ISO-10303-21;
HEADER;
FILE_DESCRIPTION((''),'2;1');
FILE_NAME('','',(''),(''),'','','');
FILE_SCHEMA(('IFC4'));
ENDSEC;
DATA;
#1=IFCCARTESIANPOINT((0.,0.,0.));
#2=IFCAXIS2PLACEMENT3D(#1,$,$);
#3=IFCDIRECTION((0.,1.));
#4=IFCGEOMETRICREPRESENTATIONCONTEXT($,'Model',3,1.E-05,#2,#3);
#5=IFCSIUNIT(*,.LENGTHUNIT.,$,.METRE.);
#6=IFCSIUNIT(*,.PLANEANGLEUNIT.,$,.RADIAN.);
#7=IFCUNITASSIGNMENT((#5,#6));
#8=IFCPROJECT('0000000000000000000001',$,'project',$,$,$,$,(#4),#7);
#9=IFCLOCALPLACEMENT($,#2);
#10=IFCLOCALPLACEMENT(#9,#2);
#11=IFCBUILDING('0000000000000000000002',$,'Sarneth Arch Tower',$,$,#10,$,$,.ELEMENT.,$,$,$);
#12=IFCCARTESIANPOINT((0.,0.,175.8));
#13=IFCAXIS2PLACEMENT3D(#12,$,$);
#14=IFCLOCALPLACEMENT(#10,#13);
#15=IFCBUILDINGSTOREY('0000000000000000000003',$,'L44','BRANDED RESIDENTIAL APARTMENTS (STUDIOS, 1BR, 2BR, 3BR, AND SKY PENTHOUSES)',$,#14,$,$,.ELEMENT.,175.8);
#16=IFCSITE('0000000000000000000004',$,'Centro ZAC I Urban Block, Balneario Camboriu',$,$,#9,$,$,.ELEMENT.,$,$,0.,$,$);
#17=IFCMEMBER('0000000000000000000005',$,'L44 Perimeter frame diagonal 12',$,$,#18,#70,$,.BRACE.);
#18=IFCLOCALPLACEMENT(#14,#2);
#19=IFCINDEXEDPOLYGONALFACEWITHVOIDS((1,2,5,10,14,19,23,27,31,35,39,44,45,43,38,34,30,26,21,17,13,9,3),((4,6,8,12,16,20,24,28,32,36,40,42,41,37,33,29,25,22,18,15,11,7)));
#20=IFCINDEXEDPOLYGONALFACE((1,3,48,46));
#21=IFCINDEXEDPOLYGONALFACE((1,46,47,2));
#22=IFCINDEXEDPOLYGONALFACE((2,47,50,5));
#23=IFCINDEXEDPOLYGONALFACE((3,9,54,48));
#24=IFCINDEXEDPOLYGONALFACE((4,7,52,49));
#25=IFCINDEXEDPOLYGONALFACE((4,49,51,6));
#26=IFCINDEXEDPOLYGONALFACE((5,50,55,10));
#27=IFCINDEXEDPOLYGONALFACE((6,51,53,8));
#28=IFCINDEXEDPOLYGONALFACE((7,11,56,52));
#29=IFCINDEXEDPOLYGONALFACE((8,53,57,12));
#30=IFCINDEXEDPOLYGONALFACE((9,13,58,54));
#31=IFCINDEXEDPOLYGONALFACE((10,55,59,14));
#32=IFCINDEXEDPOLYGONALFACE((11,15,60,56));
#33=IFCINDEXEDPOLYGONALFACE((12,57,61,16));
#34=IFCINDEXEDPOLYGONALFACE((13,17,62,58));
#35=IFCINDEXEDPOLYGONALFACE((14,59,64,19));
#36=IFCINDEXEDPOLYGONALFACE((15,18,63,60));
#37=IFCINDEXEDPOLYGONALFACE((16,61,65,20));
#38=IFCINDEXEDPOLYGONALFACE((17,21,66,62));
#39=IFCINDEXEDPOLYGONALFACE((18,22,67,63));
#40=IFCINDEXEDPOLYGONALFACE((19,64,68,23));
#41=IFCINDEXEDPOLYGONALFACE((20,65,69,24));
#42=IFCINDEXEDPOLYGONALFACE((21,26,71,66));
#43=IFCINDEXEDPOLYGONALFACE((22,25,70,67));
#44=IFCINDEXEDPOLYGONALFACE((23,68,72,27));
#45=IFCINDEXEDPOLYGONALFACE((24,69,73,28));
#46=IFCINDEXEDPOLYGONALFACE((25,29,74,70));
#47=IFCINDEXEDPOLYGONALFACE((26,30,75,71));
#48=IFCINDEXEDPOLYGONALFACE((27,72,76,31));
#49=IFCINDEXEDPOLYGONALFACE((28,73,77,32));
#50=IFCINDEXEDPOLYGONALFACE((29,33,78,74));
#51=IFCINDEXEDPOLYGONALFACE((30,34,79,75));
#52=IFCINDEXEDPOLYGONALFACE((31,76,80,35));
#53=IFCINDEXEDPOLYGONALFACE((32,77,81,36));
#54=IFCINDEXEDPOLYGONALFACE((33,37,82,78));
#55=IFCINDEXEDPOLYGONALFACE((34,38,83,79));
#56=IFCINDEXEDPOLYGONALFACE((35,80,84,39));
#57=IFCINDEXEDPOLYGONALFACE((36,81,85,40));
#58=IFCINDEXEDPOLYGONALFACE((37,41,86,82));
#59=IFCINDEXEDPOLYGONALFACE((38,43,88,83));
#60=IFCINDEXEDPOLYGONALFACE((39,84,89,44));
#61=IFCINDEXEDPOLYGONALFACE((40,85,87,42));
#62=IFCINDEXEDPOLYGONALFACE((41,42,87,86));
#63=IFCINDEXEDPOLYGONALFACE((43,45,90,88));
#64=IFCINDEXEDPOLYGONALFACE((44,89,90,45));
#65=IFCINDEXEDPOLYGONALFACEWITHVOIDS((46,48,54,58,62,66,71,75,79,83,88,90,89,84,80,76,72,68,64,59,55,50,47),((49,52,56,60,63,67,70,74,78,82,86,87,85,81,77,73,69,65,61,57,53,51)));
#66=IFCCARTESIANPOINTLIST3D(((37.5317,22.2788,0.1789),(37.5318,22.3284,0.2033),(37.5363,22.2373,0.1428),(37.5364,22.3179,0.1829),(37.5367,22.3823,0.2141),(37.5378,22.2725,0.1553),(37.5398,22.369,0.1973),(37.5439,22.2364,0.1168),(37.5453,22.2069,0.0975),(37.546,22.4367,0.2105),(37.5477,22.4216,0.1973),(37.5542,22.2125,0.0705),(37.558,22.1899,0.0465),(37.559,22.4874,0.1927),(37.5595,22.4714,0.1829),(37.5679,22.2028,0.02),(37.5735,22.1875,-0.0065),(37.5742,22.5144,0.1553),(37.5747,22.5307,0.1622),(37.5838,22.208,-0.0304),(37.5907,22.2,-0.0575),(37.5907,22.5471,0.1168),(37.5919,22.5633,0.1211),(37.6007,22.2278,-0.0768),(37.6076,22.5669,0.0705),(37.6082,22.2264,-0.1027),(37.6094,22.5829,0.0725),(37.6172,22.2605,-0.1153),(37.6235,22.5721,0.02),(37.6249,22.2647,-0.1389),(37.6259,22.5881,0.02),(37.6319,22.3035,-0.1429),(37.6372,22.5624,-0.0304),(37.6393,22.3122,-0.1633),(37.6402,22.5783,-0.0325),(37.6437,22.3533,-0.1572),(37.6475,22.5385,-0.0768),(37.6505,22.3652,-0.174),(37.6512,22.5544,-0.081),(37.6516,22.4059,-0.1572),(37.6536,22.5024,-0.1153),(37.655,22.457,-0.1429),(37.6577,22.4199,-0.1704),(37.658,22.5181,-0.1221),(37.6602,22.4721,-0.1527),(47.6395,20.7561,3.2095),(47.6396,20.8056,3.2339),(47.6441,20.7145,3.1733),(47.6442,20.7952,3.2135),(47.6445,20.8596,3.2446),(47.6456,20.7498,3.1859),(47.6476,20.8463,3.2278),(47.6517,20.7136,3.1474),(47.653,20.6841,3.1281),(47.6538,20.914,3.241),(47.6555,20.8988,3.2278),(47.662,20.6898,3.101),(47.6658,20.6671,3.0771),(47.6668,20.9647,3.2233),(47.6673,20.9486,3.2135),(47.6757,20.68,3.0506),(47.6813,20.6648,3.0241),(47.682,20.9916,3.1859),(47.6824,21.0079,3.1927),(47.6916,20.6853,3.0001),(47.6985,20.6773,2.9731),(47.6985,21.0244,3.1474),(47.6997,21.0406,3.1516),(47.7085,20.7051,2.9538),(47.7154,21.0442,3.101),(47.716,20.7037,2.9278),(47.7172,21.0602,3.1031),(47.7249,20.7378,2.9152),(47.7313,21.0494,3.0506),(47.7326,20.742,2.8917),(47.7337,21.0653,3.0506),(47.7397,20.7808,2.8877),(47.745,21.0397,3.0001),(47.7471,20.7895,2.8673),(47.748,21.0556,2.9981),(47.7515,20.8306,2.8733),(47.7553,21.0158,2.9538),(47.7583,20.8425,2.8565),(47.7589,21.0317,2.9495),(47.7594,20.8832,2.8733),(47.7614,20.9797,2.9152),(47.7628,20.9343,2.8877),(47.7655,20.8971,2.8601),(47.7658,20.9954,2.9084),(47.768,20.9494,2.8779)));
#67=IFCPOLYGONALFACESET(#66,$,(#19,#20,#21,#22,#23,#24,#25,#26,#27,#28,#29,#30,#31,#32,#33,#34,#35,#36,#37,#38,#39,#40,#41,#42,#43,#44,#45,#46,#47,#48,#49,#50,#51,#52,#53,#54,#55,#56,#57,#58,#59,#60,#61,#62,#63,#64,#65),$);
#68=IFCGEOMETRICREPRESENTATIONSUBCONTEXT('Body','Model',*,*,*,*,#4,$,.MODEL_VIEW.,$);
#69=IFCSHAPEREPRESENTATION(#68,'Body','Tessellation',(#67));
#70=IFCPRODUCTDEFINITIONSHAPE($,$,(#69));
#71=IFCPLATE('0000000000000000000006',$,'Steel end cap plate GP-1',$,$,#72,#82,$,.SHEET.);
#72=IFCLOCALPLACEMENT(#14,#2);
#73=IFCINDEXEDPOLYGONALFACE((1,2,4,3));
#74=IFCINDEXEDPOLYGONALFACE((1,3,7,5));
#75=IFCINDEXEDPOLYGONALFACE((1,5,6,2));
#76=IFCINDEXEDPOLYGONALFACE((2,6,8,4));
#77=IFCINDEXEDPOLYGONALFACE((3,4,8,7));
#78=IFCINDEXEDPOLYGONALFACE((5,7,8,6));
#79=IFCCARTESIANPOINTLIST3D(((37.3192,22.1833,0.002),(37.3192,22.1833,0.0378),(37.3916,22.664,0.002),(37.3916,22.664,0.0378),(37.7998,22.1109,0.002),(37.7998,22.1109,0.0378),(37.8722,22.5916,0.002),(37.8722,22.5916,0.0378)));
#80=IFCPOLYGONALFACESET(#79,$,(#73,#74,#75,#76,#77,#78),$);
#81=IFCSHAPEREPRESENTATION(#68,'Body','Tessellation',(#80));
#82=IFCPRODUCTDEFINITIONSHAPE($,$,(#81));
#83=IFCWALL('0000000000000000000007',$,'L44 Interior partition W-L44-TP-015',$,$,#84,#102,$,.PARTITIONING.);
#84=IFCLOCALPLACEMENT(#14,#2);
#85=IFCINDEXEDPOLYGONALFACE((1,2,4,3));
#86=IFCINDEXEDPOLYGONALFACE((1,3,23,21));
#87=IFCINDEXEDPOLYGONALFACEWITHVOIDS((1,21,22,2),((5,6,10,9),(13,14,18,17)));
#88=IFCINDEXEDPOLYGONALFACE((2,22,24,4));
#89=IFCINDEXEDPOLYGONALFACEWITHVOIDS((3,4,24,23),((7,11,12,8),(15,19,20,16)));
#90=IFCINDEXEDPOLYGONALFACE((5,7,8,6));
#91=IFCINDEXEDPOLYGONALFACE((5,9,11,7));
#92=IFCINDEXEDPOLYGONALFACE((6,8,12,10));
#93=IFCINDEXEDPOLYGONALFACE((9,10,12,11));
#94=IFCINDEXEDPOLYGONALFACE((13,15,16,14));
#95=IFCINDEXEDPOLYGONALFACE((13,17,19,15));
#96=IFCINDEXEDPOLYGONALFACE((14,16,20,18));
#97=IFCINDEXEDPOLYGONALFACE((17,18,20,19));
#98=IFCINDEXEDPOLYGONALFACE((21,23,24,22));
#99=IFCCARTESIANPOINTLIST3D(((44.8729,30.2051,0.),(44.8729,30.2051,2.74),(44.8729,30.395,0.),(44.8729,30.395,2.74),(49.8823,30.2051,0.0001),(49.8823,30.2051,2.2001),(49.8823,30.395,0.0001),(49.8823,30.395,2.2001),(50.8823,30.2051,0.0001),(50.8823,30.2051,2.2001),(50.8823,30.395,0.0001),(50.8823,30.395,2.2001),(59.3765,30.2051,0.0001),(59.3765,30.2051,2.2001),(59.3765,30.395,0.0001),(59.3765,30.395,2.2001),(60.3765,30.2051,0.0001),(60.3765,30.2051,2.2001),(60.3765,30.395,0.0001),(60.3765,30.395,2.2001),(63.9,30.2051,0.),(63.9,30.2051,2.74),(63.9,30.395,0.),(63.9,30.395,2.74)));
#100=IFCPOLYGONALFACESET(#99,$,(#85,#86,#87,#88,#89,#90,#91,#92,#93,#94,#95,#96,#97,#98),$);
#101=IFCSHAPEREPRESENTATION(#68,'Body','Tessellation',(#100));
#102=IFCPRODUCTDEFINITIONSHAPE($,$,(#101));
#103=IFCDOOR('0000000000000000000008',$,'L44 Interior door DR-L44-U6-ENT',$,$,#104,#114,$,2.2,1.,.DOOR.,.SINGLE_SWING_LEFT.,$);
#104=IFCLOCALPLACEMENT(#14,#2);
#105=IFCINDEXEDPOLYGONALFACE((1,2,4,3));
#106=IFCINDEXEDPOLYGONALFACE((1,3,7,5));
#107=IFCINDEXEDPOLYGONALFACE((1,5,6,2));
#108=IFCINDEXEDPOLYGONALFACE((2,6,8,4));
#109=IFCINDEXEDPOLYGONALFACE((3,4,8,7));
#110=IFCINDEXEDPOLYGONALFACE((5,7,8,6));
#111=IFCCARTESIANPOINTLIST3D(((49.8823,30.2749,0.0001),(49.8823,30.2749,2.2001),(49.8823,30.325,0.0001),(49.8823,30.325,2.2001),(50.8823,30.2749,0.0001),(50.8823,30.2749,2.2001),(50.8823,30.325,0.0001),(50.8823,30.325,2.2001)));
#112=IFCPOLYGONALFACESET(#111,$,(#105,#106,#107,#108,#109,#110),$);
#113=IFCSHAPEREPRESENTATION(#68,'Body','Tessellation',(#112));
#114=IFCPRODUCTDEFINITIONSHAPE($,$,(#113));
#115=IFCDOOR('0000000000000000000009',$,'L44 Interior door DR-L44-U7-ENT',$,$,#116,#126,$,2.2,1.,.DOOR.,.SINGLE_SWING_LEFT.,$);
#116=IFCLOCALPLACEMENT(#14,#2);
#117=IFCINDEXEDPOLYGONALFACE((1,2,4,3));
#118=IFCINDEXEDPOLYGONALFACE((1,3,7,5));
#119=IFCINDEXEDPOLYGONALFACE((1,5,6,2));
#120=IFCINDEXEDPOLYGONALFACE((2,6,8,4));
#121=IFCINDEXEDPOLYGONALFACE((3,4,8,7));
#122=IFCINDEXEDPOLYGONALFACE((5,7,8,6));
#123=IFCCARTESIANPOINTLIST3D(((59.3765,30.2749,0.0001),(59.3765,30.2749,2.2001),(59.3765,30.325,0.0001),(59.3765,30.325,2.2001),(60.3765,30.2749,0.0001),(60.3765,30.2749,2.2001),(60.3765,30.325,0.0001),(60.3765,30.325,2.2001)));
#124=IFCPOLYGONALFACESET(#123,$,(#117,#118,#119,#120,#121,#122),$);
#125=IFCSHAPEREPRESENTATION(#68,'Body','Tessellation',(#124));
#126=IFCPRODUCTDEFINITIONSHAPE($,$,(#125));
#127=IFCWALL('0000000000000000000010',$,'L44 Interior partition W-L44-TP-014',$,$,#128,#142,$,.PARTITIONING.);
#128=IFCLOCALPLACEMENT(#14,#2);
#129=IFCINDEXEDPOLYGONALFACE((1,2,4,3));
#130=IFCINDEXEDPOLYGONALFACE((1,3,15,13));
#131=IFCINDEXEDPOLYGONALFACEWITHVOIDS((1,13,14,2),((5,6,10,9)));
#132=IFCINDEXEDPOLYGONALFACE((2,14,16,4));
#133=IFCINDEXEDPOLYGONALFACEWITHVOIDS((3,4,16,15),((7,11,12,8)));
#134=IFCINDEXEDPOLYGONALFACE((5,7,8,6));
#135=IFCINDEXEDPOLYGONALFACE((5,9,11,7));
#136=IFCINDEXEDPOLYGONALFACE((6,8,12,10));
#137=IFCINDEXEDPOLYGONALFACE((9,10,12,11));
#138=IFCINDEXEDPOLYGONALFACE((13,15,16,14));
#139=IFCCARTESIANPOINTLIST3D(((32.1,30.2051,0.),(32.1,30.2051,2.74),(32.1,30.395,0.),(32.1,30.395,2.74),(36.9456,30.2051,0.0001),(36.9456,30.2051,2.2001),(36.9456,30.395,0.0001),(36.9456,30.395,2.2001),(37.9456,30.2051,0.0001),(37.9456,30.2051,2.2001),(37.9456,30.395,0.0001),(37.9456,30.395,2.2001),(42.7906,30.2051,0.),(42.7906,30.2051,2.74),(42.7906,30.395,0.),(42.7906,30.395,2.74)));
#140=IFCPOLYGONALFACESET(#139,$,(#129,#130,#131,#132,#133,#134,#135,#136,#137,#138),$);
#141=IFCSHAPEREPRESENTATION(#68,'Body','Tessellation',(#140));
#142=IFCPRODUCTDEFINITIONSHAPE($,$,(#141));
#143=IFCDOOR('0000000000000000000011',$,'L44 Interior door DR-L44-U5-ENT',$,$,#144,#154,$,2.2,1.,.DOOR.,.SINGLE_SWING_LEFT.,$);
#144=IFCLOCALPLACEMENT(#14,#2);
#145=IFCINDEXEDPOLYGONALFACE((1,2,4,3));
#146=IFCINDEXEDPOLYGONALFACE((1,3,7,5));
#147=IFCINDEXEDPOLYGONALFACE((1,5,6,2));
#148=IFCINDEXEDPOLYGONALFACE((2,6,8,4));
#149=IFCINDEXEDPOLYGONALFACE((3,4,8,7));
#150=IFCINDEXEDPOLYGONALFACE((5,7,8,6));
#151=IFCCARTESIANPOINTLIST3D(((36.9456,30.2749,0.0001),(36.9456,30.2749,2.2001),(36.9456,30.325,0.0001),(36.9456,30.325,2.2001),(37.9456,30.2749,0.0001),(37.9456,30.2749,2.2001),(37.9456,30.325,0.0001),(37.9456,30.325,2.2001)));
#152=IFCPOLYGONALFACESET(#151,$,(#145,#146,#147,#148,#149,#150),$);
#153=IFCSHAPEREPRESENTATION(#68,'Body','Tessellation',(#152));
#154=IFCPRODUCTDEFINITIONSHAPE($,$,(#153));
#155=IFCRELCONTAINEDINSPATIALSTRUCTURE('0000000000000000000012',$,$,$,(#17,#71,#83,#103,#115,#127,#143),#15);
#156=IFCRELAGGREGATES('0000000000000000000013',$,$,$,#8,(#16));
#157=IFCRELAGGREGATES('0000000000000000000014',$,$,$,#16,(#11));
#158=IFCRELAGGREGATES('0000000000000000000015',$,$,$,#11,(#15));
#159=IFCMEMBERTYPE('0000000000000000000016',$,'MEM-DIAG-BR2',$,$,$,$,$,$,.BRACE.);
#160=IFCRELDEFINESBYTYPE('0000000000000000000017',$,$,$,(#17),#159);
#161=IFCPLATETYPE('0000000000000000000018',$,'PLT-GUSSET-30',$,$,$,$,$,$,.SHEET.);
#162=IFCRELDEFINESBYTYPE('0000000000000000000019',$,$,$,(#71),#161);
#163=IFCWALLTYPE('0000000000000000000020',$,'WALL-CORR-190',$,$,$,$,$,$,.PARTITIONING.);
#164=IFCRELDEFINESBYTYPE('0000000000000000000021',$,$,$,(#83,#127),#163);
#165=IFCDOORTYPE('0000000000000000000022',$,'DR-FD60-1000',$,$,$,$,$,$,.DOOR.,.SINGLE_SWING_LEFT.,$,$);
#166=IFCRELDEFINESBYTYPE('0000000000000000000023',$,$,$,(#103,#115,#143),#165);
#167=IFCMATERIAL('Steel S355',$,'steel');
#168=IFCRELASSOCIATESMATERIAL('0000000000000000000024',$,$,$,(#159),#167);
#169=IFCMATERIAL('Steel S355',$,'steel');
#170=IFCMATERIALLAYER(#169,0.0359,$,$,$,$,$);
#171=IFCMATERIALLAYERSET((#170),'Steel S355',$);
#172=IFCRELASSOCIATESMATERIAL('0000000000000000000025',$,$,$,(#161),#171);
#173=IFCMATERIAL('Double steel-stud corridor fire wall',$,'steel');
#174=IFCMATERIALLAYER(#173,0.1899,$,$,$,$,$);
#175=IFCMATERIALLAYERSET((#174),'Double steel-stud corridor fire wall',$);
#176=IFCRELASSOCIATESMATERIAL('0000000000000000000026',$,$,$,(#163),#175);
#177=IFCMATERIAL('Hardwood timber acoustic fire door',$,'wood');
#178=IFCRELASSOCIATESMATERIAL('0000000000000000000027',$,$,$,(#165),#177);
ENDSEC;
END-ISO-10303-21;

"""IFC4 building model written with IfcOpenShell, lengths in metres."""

from ifc_helpers import new_model, si_unit, direction, frame, frame_2d, origin, origin_2d, place, context, subcontext, project, spatial, rectangle, hollow_circle, extrude, material, layer, layer_set, material_profile, profile_set, type_object, element, fill, save


model = new_model("IFC4")

# Units and contexts
model_context = context("Model", 3, precision=1e-05, world=origin(), true_north=direction((0.0, 1.0)))
body_context = subcontext(model_context, "Body", "Model", "MODEL_VIEW")
ifc_project = project(units=[si_unit("LENGTHUNIT", "METRE"), si_unit("PLANEANGLEUNIT", "RADIAN")], contexts=[model_context])

# Site, building, storey
site_placement = place(None, origin())
site = spatial("IfcSite", under=ifc_project, at=site_placement, Name="Centro ZAC I Urban Block, Balneario Camboriu", CompositionType="ELEMENT", RefElevation=0.0)
building_placement = place(site_placement, origin())
building = spatial("IfcBuilding", under=site, at=building_placement, Name="Sarneth Arch Tower", CompositionType="ELEMENT")
storey_placement = place(building_placement, frame((0.0, 0.0, 175.8)))
storey = spatial("IfcBuildingStorey", under=building, at=storey_placement, Name="L44", Description="BRANDED RESIDENTIAL APARTMENTS (STUDIOS, 1BR, 2BR, 3BR, AND SKY PENTHOUSES)", CompositionType="ELEMENT", Elevation=175.8)

# Member
ifc_material_1 = material(Name="Steel S355", Category="steel")
ifc_material_profile_1 = material_profile(ifc_material_1, hollow_circle(Radius=0.2029, WallThickness=0.0161, at=origin_2d()), Name="CHS406x16")
ifc_profile_set_1 = profile_set([ifc_material_profile_1], Name="Steel S355")
member_type = type_object("IfcMemberType", Name="MEM-DIAG-BR2", PredefinedType="BRACE", material=ifc_profile_set_1)
member_placement = place(storey_placement, frame((37.5957, 22.3875, 0.02), z_axis=(0.948053, -0.142823, 0.284249), x_axis=(0.148968, 0.988842, 0.0)))
element("IfcMember", 1, at=member_placement, inside=storey, type_object=member_type, Name="L44 Perimeter frame diagonal 12", PredefinedType="BRACE", context=body_context, shape_type="SweptSolid", body=[
    extrude(hollow_circle(Radius=0.2029, WallThickness=0.0161, at=origin_2d()), origin(), (0.0, 0.0, 1.0), 10.6616),
])

# Plate
ifc_material_2 = material(Name="Steel S355", Category="steel")
ifc_layer_1 = layer(ifc_material_2, 0.0359)
ifc_layer_set_1 = layer_set([ifc_layer_1], Name="Steel S355")
plate_type = type_object("IfcPlateType", Name="PLT-GUSSET-30", PredefinedType="SHEET", material=ifc_layer_set_1)
plate_placement = place(storey_placement, frame((37.5957, 22.3875, 0.002), z_axis=(0.0, 0.0, 1.0), x_axis=(0.988835, -0.149018, 0.0)))
element("IfcPlate", 2, at=plate_placement, inside=storey, type_object=plate_type, Name="Steel end cap plate GP-1", PredefinedType="SHEET", context=body_context, shape_type="SweptSolid", body=[
    extrude(rectangle(XDim=0.4861, YDim=0.4861, at=origin_2d()), origin(), (0.0, 0.0, 1.0), 0.0359),
])

# Wall, openings, doors
ifc_material_3 = material(Name="Double steel-stud corridor fire wall", Category="steel")
ifc_layer_2 = layer(ifc_material_3, 0.1899)
ifc_layer_set_2 = layer_set([ifc_layer_2], Name="Double steel-stud corridor fire wall")
wall_type_1 = type_object("IfcWallType", Name="WALL-CORR-190", PredefinedType="PARTITIONING", material=ifc_layer_set_2)
wall_1_placement = place(storey_placement, frame((44.8728, 30.3, 0.0), z_axis=(0.0, 0.0, 1.0), x_axis=(1.0, 0.0, 0.0)))
wall_1 = element("IfcWall", 3, at=wall_1_placement, inside=storey, type_object=wall_type_1, Name="L44 Interior partition W-L44-TP-015", PredefinedType="PARTITIONING", context=body_context, shape_type="SweptSolid", body=[
    extrude(rectangle(XDim=19.0271, YDim=0.1899, at=frame_2d((9.5137, 0.0))), origin(), (0.0, 0.0, 1.0), 2.74),
])
opening_1_placement = place(wall_1_placement, frame((5.0095, 0.0, 0.0)))
opening_1 = element("IfcOpeningElement", 4, at=opening_1_placement, cuts=wall_1, PredefinedType="OPENING", context=body_context, shape_type="SweptSolid", body=[
    extrude(rectangle(XDim=1.0, YDim=2.2, at=frame_2d((0.5, 1.1001))), frame((0.0, 0.105, 0.0), z_axis=(0.0, -1.0, 0.0), x_axis=(1.0, 0.0, 0.0)), (0.0, 0.0, 1.0), 0.21),
])
opening_2_placement = place(wall_1_placement, frame((14.5037, 0.0, 0.0)))
opening_2 = element("IfcOpeningElement", 5, at=opening_2_placement, cuts=wall_1, PredefinedType="OPENING", context=body_context, shape_type="SweptSolid", body=[
    extrude(rectangle(XDim=1.0, YDim=2.2, at=frame_2d((0.5, 1.1001))), frame((0.0, 0.105, 0.0), z_axis=(0.0, -1.0, 0.0), x_axis=(1.0, 0.0, 0.0)), (0.0, 0.0, 1.0), 0.21),
])
ifc_material_4 = material(Name="Hardwood timber acoustic fire door", Category="wood")
door_type_1 = type_object("IfcDoorType", Name="DR-FD60-1000", OperationType="SINGLE_SWING_LEFT", PredefinedType="DOOR", material=ifc_material_4)
door_1_placement = place(opening_1_placement, origin())
door_1 = element("IfcDoor", 6, at=door_1_placement, inside=storey, type_object=door_type_1, Name="L44 Interior door DR-L44-U6-ENT", OperationType="SINGLE_SWING_LEFT", OverallHeight=2.2, OverallWidth=1.0, PredefinedType="DOOR", context=body_context, shape_type="SweptSolid", body=[
    extrude(rectangle(XDim=1.0, YDim=2.2, at=frame_2d((0.5, 1.1001))), frame((0.0, 0.0249, 0.0), z_axis=(0.0, -1.0, 0.0), x_axis=(1.0, 0.0, 0.0)), (0.0, 0.0, 1.0), 0.05),
])
fill(opening_1, door_1)
door_2_placement = place(opening_2_placement, origin())
door_2 = element("IfcDoor", 7, at=door_2_placement, inside=storey, type_object=door_type_1, Name="L44 Interior door DR-L44-U7-ENT", OperationType="SINGLE_SWING_LEFT", OverallHeight=2.2, OverallWidth=1.0, PredefinedType="DOOR", context=body_context, shape_type="SweptSolid", body=[
    extrude(rectangle(XDim=1.0, YDim=2.2, at=frame_2d((0.5, 1.1001))), frame((0.0, 0.0249, 0.0), z_axis=(0.0, -1.0, 0.0), x_axis=(1.0, 0.0, 0.0)), (0.0, 0.0, 1.0), 0.05),
])
fill(opening_2, door_2)

# Wall, opening, door
wall_2_placement = place(storey_placement, frame((32.1001, 30.3, 0.0), z_axis=(0.0, 0.0, 1.0), x_axis=(1.0, 0.0, 0.0)))
wall_2 = element("IfcWall", 8, at=wall_2_placement, inside=storey, type_object=wall_type_1, Name="L44 Interior partition W-L44-TP-014", PredefinedType="PARTITIONING", context=body_context, shape_type="SweptSolid", body=[
    extrude(rectangle(XDim=10.6907, YDim=0.1899, at=frame_2d((5.3452, 0.0))), origin(), (0.0, 0.0, 1.0), 2.74),
])
opening_3_placement = place(wall_2_placement, frame((4.8455, 0.0, 0.0)))
opening_3 = element("IfcOpeningElement", 9, at=opening_3_placement, cuts=wall_2, PredefinedType="OPENING", context=body_context, shape_type="SweptSolid", body=[
    extrude(rectangle(XDim=1.0, YDim=2.2, at=frame_2d((0.5, 1.1001))), frame((0.0, 0.105, 0.0), z_axis=(0.0, -1.0, 0.0), x_axis=(1.0, 0.0, 0.0)), (0.0, 0.0, 1.0), 0.21),
])
door_3_placement = place(opening_3_placement, origin())
door_3 = element("IfcDoor", 10, at=door_3_placement, inside=storey, type_object=door_type_1, Name="L44 Interior door DR-L44-U5-ENT", OperationType="SINGLE_SWING_LEFT", OverallHeight=2.2, OverallWidth=1.0, PredefinedType="DOOR", context=body_context, shape_type="SweptSolid", body=[
    extrude(rectangle(XDim=1.0, YDim=2.2, at=frame_2d((0.5, 1.1001))), frame((0.0, 0.0249, 0.0), z_axis=(0.0, -1.0, 0.0), x_axis=(1.0, 0.0, 0.0)), (0.0, 0.0, 1.0), 0.05),
])
fill(opening_3, door_3)

save(model, "model.ifc")
